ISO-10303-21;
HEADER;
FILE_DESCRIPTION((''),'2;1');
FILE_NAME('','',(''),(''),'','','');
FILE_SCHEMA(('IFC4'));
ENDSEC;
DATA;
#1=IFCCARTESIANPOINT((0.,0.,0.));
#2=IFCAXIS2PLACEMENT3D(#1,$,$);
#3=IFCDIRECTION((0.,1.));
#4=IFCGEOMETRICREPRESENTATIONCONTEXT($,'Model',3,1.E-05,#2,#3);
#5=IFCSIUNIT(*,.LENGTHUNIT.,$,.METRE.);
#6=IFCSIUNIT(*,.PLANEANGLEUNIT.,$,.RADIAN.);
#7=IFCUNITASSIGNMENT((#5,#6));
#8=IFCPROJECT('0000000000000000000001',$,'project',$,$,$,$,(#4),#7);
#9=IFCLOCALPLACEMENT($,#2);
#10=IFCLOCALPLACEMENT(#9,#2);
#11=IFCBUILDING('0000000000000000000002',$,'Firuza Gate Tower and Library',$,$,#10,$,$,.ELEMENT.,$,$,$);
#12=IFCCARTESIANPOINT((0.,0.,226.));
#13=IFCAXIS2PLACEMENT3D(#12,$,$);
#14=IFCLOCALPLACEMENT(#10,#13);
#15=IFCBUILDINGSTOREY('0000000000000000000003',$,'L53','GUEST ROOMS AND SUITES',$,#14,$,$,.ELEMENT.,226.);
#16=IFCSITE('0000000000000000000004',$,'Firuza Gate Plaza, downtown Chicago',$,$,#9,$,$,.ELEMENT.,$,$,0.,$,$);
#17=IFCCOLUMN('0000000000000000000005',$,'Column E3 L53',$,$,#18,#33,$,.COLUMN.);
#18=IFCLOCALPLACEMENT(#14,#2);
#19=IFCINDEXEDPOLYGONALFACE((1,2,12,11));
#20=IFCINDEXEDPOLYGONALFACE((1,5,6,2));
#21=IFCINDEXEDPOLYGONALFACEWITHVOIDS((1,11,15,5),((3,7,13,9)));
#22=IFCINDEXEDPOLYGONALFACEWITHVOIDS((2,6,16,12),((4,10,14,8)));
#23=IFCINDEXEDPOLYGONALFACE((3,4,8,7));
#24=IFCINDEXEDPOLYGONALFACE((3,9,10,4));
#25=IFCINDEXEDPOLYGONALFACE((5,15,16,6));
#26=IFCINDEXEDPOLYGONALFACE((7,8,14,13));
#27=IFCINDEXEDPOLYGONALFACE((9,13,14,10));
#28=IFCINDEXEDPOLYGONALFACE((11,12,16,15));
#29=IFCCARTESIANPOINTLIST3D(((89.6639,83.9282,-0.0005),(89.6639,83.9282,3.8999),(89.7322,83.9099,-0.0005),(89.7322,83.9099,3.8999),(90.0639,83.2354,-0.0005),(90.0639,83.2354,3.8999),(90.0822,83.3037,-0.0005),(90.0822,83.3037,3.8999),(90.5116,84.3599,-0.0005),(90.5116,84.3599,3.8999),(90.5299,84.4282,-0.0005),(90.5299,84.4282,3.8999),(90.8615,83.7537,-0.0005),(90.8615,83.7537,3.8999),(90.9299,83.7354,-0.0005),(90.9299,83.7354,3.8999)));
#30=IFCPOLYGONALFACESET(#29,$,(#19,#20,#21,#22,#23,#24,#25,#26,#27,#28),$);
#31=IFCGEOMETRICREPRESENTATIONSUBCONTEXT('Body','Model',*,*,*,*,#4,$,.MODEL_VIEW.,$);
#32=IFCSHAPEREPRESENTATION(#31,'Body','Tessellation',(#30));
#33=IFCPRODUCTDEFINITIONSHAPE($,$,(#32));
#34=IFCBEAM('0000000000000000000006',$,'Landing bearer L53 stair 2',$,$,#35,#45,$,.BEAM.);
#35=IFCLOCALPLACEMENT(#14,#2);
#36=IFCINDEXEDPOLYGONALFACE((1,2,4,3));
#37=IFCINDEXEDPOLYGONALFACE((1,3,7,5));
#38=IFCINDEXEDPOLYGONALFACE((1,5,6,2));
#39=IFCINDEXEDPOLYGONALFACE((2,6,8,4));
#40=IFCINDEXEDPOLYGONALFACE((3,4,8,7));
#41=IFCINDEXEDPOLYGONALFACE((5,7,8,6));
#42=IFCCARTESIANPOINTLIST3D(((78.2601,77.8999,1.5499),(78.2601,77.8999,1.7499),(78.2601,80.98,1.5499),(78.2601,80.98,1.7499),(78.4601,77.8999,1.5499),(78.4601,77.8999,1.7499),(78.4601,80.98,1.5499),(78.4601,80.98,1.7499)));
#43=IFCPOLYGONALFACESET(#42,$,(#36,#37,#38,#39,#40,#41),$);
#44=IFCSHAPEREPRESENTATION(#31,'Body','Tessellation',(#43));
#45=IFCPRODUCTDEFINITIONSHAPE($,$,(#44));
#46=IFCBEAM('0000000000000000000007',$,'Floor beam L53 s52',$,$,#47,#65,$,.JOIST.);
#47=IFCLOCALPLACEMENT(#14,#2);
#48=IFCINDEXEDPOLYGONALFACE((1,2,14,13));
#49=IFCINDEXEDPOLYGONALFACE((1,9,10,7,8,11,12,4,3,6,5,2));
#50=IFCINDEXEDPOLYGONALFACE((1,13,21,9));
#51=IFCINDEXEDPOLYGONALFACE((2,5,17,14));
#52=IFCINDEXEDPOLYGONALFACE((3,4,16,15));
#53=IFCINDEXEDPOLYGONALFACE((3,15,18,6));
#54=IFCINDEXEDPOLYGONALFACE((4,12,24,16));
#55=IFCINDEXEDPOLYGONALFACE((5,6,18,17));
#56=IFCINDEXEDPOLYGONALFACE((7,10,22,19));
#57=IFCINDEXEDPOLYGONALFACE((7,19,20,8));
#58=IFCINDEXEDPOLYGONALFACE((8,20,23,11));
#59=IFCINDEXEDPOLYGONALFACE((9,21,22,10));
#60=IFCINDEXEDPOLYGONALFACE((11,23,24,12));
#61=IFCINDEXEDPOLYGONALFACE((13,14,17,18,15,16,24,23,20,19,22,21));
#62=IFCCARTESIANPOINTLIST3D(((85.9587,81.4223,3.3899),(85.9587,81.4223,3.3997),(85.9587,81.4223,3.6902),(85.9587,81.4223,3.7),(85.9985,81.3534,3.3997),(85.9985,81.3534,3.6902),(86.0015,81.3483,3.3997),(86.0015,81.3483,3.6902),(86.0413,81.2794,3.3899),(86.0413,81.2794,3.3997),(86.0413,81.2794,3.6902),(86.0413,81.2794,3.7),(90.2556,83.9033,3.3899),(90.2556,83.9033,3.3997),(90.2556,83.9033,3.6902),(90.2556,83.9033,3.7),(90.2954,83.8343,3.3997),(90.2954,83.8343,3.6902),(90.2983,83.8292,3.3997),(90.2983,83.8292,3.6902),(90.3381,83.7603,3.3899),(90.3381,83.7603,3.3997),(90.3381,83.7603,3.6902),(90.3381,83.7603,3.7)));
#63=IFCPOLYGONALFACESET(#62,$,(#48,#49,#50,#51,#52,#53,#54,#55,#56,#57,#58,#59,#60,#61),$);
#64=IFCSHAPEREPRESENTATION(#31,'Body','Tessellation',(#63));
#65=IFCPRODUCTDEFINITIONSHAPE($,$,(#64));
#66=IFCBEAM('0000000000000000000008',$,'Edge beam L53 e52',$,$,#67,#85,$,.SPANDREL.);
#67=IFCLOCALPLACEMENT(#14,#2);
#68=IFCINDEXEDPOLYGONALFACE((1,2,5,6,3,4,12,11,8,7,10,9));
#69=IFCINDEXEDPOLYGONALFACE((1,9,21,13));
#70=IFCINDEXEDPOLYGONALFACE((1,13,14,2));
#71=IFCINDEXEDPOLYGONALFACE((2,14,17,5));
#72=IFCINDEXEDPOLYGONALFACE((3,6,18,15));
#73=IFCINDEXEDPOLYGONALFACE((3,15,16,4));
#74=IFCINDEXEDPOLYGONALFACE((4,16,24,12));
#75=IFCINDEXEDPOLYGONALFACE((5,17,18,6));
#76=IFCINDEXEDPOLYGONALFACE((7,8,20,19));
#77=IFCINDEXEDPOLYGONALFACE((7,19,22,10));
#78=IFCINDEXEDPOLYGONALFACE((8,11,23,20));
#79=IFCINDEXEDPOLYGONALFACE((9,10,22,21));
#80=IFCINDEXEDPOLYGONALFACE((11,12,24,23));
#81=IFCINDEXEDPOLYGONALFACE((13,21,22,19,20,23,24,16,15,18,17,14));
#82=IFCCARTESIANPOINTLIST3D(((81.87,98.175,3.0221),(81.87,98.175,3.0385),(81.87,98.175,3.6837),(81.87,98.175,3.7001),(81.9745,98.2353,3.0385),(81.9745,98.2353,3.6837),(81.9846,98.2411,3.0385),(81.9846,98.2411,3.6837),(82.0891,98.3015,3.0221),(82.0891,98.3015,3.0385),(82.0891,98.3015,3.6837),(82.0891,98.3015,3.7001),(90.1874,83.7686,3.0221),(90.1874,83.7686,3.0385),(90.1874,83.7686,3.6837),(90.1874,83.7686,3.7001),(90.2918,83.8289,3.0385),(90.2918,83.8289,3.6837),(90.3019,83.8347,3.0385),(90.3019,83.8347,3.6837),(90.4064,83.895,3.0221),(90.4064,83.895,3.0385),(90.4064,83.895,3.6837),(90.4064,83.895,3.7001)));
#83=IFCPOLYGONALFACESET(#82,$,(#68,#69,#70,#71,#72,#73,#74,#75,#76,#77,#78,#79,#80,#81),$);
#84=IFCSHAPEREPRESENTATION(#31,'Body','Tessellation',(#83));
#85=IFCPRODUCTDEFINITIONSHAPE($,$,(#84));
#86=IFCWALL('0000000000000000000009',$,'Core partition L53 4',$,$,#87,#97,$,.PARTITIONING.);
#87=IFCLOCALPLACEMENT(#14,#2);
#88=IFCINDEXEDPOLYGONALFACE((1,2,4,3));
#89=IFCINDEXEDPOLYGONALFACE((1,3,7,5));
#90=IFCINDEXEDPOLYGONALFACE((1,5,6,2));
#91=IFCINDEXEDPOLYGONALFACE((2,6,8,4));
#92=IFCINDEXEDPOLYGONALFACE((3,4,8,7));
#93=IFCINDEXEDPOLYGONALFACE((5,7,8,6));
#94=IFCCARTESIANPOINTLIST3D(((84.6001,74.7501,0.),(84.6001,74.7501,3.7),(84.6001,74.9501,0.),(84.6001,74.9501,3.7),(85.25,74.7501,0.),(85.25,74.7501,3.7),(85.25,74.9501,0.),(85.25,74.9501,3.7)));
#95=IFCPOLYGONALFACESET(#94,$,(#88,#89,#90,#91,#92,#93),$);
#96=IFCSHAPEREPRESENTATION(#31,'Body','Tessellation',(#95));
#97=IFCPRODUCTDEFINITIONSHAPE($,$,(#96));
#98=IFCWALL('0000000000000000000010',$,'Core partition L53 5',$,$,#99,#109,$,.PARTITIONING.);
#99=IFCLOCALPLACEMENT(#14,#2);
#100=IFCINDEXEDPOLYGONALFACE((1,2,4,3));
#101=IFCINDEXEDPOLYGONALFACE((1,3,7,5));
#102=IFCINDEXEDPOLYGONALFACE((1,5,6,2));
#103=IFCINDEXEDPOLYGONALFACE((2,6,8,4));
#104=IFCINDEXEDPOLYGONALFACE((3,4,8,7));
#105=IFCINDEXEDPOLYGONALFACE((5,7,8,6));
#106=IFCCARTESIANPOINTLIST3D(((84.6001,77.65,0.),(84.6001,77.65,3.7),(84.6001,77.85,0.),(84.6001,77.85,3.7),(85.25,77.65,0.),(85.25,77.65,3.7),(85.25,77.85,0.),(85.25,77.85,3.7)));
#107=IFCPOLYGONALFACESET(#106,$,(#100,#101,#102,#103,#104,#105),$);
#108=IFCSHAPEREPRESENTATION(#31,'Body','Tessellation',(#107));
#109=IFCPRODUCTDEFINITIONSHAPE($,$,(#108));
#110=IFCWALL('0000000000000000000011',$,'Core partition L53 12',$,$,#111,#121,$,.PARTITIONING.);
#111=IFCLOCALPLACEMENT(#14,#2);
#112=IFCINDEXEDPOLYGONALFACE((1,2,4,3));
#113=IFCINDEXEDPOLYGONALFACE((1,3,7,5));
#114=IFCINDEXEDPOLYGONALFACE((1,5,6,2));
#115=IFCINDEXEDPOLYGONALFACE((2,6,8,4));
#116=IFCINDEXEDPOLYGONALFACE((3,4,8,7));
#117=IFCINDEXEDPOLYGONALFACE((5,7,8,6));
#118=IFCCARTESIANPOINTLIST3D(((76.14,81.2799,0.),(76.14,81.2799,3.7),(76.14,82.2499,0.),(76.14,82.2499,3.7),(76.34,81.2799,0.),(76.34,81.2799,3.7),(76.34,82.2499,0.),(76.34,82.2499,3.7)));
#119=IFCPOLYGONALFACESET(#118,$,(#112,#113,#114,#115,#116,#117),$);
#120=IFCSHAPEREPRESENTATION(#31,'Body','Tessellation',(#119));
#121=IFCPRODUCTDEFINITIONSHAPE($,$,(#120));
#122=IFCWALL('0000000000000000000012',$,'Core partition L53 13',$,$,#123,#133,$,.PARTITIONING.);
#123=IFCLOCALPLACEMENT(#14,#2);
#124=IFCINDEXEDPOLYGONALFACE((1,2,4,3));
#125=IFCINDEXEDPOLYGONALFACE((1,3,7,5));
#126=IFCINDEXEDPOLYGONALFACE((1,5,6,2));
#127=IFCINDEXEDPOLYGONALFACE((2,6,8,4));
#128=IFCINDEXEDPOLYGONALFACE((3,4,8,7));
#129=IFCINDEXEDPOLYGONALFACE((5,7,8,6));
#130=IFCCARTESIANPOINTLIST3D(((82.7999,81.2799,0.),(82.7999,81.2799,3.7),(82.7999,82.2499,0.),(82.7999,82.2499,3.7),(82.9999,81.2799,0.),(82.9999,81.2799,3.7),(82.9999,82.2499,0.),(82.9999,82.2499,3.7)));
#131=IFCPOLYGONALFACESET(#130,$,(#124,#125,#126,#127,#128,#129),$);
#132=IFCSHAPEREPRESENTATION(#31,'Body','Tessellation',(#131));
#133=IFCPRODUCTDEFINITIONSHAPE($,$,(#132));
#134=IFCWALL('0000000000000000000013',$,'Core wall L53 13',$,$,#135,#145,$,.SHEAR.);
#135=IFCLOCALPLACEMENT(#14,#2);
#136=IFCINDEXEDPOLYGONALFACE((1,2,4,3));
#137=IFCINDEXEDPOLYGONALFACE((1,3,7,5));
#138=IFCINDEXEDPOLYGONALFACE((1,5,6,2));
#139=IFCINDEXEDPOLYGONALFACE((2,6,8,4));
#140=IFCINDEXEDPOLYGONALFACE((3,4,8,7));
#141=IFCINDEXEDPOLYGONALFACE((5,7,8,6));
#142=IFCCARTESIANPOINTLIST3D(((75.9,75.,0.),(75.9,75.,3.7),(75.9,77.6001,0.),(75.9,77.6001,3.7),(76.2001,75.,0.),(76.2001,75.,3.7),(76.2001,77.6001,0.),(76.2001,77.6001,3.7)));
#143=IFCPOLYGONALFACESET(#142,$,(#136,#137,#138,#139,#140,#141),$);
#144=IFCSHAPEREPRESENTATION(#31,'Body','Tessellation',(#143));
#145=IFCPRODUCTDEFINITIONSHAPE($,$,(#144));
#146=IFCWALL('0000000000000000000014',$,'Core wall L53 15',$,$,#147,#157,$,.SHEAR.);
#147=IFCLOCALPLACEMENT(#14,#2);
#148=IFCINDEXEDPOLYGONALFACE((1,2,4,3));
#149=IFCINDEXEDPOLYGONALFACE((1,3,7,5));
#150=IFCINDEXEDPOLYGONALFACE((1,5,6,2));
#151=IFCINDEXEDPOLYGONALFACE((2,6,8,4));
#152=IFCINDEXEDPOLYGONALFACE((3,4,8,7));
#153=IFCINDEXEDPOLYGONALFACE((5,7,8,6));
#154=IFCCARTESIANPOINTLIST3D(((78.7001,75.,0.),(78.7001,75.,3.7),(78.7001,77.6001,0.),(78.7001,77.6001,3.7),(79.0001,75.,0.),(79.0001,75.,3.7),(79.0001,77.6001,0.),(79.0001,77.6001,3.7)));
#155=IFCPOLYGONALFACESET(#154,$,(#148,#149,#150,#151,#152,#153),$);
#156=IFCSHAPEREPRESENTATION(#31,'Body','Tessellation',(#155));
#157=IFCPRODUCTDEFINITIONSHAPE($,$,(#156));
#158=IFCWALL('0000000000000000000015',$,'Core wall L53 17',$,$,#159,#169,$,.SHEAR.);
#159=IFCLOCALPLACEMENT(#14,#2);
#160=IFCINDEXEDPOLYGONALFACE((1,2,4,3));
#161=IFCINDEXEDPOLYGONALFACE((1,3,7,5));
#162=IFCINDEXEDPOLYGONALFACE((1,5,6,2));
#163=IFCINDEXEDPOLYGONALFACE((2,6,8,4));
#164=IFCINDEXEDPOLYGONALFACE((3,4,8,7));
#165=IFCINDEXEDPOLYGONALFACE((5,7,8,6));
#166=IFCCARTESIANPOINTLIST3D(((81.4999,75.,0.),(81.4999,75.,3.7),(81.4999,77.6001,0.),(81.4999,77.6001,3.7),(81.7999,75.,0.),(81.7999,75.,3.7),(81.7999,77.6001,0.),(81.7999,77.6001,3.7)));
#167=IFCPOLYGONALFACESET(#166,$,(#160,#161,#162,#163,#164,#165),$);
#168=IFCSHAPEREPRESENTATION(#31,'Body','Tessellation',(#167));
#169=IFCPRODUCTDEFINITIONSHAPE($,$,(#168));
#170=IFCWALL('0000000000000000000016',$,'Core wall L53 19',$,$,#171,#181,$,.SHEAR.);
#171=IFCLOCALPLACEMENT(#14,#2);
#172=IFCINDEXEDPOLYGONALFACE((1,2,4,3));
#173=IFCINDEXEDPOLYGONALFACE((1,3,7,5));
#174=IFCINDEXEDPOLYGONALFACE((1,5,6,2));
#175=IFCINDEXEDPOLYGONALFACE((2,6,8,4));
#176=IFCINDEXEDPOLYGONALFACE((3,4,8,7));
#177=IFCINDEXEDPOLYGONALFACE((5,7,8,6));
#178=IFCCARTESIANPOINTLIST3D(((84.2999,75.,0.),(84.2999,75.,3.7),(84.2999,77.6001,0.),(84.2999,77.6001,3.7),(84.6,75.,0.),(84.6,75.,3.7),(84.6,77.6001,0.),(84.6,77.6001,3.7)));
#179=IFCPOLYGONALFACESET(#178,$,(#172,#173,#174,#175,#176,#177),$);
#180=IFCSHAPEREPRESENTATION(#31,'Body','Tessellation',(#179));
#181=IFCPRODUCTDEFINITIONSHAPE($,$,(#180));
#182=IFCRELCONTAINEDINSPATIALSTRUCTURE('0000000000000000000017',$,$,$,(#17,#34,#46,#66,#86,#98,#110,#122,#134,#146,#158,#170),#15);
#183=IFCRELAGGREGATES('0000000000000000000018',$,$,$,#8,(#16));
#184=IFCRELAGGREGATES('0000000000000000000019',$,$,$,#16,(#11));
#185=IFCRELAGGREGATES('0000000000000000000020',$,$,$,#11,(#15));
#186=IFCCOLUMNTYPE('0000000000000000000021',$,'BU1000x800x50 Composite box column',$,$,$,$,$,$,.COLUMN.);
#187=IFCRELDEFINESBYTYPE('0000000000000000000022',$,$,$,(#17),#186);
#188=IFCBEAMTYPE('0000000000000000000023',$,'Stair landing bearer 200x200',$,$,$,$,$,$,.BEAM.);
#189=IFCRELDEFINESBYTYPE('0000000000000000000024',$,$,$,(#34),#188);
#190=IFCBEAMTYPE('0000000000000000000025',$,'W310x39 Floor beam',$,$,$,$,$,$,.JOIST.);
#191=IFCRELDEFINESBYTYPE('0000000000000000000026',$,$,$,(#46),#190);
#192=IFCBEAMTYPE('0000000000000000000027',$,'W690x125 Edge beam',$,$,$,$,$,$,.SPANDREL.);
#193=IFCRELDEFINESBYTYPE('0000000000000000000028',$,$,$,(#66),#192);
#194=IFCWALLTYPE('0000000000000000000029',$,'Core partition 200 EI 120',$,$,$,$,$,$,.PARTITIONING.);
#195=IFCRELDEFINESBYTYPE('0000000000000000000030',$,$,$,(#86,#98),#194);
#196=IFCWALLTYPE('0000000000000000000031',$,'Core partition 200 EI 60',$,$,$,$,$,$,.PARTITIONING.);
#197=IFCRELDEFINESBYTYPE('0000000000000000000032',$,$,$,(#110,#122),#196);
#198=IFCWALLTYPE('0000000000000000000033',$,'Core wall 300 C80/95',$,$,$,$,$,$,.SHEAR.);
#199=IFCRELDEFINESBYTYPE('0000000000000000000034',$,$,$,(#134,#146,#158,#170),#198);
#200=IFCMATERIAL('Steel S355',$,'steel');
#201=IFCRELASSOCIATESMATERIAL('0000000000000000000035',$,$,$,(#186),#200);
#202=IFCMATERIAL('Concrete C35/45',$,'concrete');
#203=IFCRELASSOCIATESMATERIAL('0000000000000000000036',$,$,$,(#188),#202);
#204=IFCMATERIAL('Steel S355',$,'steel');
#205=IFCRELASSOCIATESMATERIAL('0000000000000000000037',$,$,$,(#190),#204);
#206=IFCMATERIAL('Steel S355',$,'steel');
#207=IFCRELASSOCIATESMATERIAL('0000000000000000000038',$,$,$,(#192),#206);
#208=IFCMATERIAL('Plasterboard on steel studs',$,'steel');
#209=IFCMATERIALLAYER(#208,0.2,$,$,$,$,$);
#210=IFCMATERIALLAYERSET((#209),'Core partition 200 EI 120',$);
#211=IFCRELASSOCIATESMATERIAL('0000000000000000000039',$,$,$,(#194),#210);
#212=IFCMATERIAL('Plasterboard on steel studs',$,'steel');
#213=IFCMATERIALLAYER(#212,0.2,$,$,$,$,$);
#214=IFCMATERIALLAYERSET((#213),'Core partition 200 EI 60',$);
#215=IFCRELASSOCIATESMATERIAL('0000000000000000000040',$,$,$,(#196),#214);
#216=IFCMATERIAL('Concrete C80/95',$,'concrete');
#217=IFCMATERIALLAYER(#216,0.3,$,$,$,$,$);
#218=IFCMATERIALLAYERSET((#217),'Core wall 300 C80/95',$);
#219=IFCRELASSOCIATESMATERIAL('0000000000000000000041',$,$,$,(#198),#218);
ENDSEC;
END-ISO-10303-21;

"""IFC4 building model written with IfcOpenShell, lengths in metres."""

from ifc_helpers import new_model, si_unit, direction, frame, frame_2d, origin, origin_2d, place, context, subcontext, project, spatial, rectangle, hollow_rectangle, i_section, extrude, material, layer, layer_set, material_profile, profile_set, type_object, element, save


model = new_model("IFC4")

# Units and contexts
model_context = context("Model", 3, precision=1e-05, world=origin(), true_north=direction((0.0, 1.0)))
body_context = subcontext(model_context, "Body", "Model", "MODEL_VIEW")
ifc_project = project(units=[si_unit("LENGTHUNIT", "METRE"), si_unit("PLANEANGLEUNIT", "RADIAN")], contexts=[model_context])

# Site, building, storey
site_placement = place(None, origin())
site = spatial("IfcSite", under=ifc_project, at=site_placement, Name="Firuza Gate Plaza, downtown Chicago", CompositionType="ELEMENT", RefElevation=0.0)
building_placement = place(site_placement, origin())
building = spatial("IfcBuilding", under=site, at=building_placement, Name="Firuza Gate Tower and Library", CompositionType="ELEMENT")
storey_placement = place(building_placement, frame((0.0, 0.0, 226.0)))
storey = spatial("IfcBuildingStorey", under=building, at=storey_placement, Name="L53", Description="GUEST ROOMS AND SUITES", CompositionType="ELEMENT", Elevation=226.0)

# Column
ifc_material_1 = material(Name="Steel S355", Category="steel")
ifc_material_profile_1 = material_profile(ifc_material_1, hollow_rectangle(XDim=0.8, YDim=1.0, WallThickness=0.05, at=origin_2d()))
ifc_profile_set_1 = profile_set([ifc_material_profile_1], Name="Steel S355")
column_type = type_object("IfcColumnType", Name="BU1000x800x50 Composite box column", PredefinedType="COLUMN", material=ifc_profile_set_1)
column_placement = place(storey_placement, frame((90.2969, 83.8318, -0.0005), z_axis=(0.0, 0.0, 1.0), x_axis=(-0.5, 0.866025, 0.0)))
element("IfcColumn", 1, at=column_placement, inside=storey, type_object=column_type, Name="Column E3 L53", PredefinedType="COLUMN", context=body_context, shape_type="SweptSolid", body=[
    extrude(hollow_rectangle(XDim=0.8, YDim=1.0, WallThickness=0.05, at=origin_2d()), origin(), (0.0, 0.0, 1.0), 3.9004),
])

# Beams
ifc_material_2 = material(Name="Concrete C35/45", Category="concrete")
ifc_material_profile_2 = material_profile(ifc_material_2, rectangle(XDim=0.2, YDim=0.2, at=origin_2d()))
ifc_profile_set_2 = profile_set([ifc_material_profile_2], Name="Concrete C35/45")
beam_type_1 = type_object("IfcBeamType", Name="Stair landing bearer 200x200", PredefinedType="BEAM", material=ifc_profile_set_2)
beam_1_placement = place(storey_placement, frame((78.3601, 80.98, 1.6499), z_axis=(0.0, -1.0, 0.0), x_axis=(1.0, 0.0, 0.0)))
element("IfcBeam", 2, at=beam_1_placement, inside=storey, type_object=beam_type_1, Name="Landing bearer L53 stair 2", PredefinedType="BEAM", context=body_context, shape_type="SweptSolid", body=[
    extrude(rectangle(XDim=0.2, YDim=0.2, at=origin_2d()), origin(), (0.0, 0.0, 1.0), 3.0801),
])
ifc_material_3 = material(Name="Steel S355", Category="steel")
ifc_material_profile_3 = material_profile(ifc_material_3, i_section(OverallWidth=0.165, OverallDepth=0.3101, WebThickness=0.0059, FlangeThickness=0.0098, at=origin_2d()))
ifc_profile_set_3 = profile_set([ifc_material_profile_3], Name="Steel S355")
beam_type_2 = type_object("IfcBeamType", Name="W310x39 Floor beam", PredefinedType="JOIST", material=ifc_profile_set_3)
beam_2_placement = place(storey_placement, frame((90.2969, 83.8318, 3.5449), z_axis=(-0.866012, -0.500023, 0.0), x_axis=(0.500023, -0.866012, 0.0)))
element("IfcBeam", 3, at=beam_2_placement, inside=storey, type_object=beam_type_2, Name="Floor beam L53 s52", PredefinedType="JOIST", context=body_context, shape_type="SweptSolid", body=[
    extrude(i_section(OverallWidth=0.165, OverallDepth=0.3101, WebThickness=0.0059, FlangeThickness=0.0098, at=origin_2d()), origin(), (0.0, 0.0, 1.0), 4.9617),
])
ifc_material_4 = material(Name="Steel S355", Category="steel")
ifc_material_profile_4 = material_profile(ifc_material_4, i_section(OverallWidth=0.2529, OverallDepth=0.678, WebThickness=0.0117, FlangeThickness=0.0164, at=origin_2d()))
ifc_profile_set_4 = profile_set([ifc_material_profile_4], Name="Steel S355")
beam_type_3 = type_object("IfcBeamType", Name="W690x125 Edge beam", PredefinedType="SPANDREL", material=ifc_profile_set_4)
beam_3_placement = place(storey_placement, frame((90.2969, 83.8318, 3.3611), z_axis=(-0.499991, 0.866031, 0.0), x_axis=(-0.866031, -0.499991, 0.0)))
element("IfcBeam", 4, at=beam_3_placement, inside=storey, type_object=beam_type_3, Name="Edge beam L53 e52", PredefinedType="SPANDREL", context=body_context, shape_type="SweptSolid", body=[
    extrude(i_section(OverallWidth=0.2529, OverallDepth=0.678, WebThickness=0.0117, FlangeThickness=0.0164, at=origin_2d()), origin(), (0.0, 0.0, 1.0), 16.635),
])

# Walls
ifc_material_5 = material(Name="Plasterboard on steel studs", Category="steel")
ifc_layer_1 = layer(ifc_material_5, 0.2)
ifc_layer_set_1 = layer_set([ifc_layer_1], Name="Core partition 200 EI 120")
wall_type_1 = type_object("IfcWallType", Name="Core partition 200 EI 120", PredefinedType="PARTITIONING", material=ifc_layer_set_1)
for number, where, z_axis, x_axis, name in (
    (5, (84.6001, 74.8501, 0.0), (0.0, 0.0, 1.0), (1.0, 0.0, 0.0), "Core partition L53 4"),
    (6, (84.6001, 77.75, 0.0), (0.0, 0.0, 1.0), (1.0, 0.0, 0.0), "Core partition L53 5"),
):
    element("IfcWall", number, at=place(storey_placement, frame(where, z_axis=z_axis, x_axis=x_axis)), inside=storey, type_object=wall_type_1, Name=name, PredefinedType="PARTITIONING", context=body_context, shape_type="SweptSolid", body=[
        extrude(rectangle(XDim=0.6499, YDim=0.2, at=frame_2d((0.325, 0.0))), origin(), (0.0, 0.0, 1.0), 3.7),
    ])
ifc_material_6 = material(Name="Plasterboard on steel studs", Category="steel")
ifc_layer_2 = layer(ifc_material_6, 0.2)
ifc_layer_set_2 = layer_set([ifc_layer_2], Name="Core partition 200 EI 60")
wall_type_2 = type_object("IfcWallType", Name="Core partition 200 EI 60", PredefinedType="PARTITIONING", material=ifc_layer_set_2)
for number, where, z_axis, x_axis, name in (
    (7, (76.24, 81.28, 0.0), (0.0, 0.0, 1.0), (0.0, 1.0, 0.0), "Core partition L53 12"),
    (8, (82.8999, 81.28, 0.0), (0.0, 0.0, 1.0), (0.0, 1.0, 0.0), "Core partition L53 13"),
):
    element("IfcWall", number, at=place(storey_placement, frame(where, z_axis=z_axis, x_axis=x_axis)), inside=storey, type_object=wall_type_2, Name=name, PredefinedType="PARTITIONING", context=body_context, shape_type="SweptSolid", body=[
        extrude(rectangle(XDim=0.97, YDim=0.2, at=frame_2d((0.4849, 0.0))), origin(), (0.0, 0.0, 1.0), 3.7),
    ])
ifc_material_7 = material(Name="Concrete C80/95", Category="concrete")
ifc_layer_3 = layer(ifc_material_7, 0.3)
ifc_layer_set_3 = layer_set([ifc_layer_3], Name="Core wall 300 C80/95")
wall_type_3 = type_object("IfcWallType", Name="Core wall 300 C80/95", PredefinedType="SHEAR", material=ifc_layer_set_3)
for number, where, z_axis, x_axis, name in (
    (9, (76.05, 75.0, 0.0), (0.0, 0.0, 1.0), (0.0, 1.0, 0.0), "Core wall L53 13"),
    (10, (78.8501, 75.0, 0.0), (0.0, 0.0, 1.0), (0.0, 1.0, 0.0), "Core wall L53 15"),
    (11, (81.6499, 75.0, 0.0), (0.0, 0.0, 1.0), (0.0, 1.0, 0.0), "Core wall L53 17"),
    (12, (84.45, 75.0, 0.0), (0.0, 0.0, 1.0), (0.0, 1.0, 0.0), "Core wall L53 19"),
):
    element("IfcWall", number, at=place(storey_placement, frame(where, z_axis=z_axis, x_axis=x_axis)), inside=storey, type_object=wall_type_3, Name=name, PredefinedType="SHEAR", context=body_context, shape_type="SweptSolid", body=[
        extrude(rectangle(XDim=2.6001, YDim=0.3, at=frame_2d((1.3, 0.0))), origin(), (0.0, 0.0, 1.0), 3.7),
    ])

save(model, "model.ifc")
